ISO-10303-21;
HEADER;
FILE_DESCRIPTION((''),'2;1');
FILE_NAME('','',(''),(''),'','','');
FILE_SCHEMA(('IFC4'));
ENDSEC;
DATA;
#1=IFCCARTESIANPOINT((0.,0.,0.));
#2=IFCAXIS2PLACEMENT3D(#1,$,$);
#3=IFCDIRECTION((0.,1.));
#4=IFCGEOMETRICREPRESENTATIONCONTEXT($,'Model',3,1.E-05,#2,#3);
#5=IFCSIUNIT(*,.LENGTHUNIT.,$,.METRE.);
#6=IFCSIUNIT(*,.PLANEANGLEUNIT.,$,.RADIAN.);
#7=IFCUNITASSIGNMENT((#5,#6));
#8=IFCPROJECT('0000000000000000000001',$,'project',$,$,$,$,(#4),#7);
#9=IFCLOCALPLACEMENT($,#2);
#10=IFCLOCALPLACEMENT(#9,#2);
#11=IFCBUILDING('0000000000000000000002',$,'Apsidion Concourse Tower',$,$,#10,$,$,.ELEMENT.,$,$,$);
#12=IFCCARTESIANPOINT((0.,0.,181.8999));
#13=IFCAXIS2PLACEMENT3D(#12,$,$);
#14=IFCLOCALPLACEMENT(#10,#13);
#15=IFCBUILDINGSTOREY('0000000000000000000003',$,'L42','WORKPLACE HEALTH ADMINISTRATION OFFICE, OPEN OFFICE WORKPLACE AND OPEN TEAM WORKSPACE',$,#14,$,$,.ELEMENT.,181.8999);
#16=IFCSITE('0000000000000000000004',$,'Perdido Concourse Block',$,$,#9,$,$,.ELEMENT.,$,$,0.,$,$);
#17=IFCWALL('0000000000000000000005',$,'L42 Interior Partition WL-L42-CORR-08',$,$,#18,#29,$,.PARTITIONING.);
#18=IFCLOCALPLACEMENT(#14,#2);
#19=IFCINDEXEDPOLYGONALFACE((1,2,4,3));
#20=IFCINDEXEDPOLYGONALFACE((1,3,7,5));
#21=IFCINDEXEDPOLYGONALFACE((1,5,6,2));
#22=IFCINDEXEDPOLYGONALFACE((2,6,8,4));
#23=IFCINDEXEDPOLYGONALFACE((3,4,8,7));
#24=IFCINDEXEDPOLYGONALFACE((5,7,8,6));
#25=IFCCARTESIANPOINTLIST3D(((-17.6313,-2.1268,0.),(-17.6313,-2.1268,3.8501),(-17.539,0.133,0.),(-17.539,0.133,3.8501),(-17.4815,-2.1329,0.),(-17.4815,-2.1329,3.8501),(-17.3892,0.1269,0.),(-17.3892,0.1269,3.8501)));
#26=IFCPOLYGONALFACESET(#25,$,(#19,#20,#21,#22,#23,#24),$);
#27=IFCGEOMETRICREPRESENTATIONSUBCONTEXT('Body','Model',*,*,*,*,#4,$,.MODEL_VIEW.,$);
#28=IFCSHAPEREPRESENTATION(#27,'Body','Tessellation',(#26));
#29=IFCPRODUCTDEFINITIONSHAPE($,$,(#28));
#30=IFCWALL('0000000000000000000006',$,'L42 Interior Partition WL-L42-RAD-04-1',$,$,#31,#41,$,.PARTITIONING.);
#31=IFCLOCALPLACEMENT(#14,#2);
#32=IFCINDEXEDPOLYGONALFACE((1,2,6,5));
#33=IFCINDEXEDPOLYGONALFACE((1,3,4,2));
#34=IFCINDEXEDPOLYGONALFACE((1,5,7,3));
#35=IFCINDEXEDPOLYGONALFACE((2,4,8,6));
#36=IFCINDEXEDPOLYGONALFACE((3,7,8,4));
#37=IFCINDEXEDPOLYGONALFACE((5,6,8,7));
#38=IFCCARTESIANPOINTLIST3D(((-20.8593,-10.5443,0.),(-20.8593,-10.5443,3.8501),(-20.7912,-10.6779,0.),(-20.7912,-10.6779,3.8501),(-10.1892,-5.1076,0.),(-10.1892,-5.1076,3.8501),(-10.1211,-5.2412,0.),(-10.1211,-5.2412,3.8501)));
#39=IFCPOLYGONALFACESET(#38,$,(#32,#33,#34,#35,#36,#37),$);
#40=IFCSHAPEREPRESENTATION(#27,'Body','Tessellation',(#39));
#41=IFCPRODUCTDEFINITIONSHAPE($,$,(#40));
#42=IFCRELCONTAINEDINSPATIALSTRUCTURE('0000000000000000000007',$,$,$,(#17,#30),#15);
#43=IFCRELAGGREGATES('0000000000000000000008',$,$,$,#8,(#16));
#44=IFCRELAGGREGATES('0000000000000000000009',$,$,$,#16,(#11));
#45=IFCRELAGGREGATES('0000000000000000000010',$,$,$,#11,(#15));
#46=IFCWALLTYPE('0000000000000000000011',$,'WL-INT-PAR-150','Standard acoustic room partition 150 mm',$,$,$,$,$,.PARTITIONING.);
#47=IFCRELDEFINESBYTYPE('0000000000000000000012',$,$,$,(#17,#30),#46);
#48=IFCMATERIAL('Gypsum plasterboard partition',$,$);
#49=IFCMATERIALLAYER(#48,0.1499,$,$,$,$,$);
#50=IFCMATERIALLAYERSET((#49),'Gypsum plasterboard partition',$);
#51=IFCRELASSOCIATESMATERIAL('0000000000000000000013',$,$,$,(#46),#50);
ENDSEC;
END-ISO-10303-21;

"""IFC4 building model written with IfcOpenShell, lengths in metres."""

from ifc_helpers import new_model, si_unit, direction, frame, frame_2d, origin, place, context, subcontext, project, spatial, rectangle, extrude, material, layer, layer_set, type_object, element, save


model = new_model("IFC4")

# Units and contexts
model_context = context("Model", 3, precision=1e-05, world=origin(), true_north=direction((0.0, 1.0)))
body_context = subcontext(model_context, "Body", "Model", "MODEL_VIEW")
ifc_project = project(units=[si_unit("LENGTHUNIT", "METRE"), si_unit("PLANEANGLEUNIT", "RADIAN")], contexts=[model_context])

# Site, building, storey
site_placement = place(None, origin())
site = spatial("IfcSite", under=ifc_project, at=site_placement, Name="Perdido Concourse Block", CompositionType="ELEMENT", RefElevation=0.0)
building_placement = place(site_placement, origin())
building = spatial("IfcBuilding", under=site, at=building_placement, Name="Apsidion Concourse Tower", CompositionType="ELEMENT")
storey_placement = place(building_placement, frame((0.0, 0.0, 181.8999)))
storey = spatial("IfcBuildingStorey", under=building, at=storey_placement, Name="L42", Description="WORKPLACE HEALTH ADMINISTRATION OFFICE, OPEN OFFICE WORKPLACE AND OPEN TEAM WORKSPACE", CompositionType="ELEMENT", Elevation=181.8999)

# Walls
ifc_material_1 = material(Name="Gypsum plasterboard partition")
ifc_layer = layer(ifc_material_1, 0.1499)
ifc_layer_set = layer_set([ifc_layer], Name="Gypsum plasterboard partition")
wall_type = type_object("IfcWallType", Name="WL-INT-PAR-150", Description="Standard acoustic room partition 150 mm", PredefinedType="PARTITIONING", material=ifc_layer_set)
wall_1_placement = place(storey_placement, frame((-17.5564, -2.1299, 0.0), z_axis=(0.0, 0.0, 1.0), x_axis=(0.040804, 0.999167, 0.0)))
element("IfcWall", 1, at=wall_1_placement, inside=storey, type_object=wall_type, Name="L42 Interior Partition WL-L42-CORR-08", PredefinedType="PARTITIONING", context=body_context, shape_type="SweptSolid", body=[
    extrude(rectangle(XDim=2.2617, YDim=0.1499, at=frame_2d((1.1309, 0.0))), origin(), (0.0, 0.0, 1.0), 3.8501),
])
wall_2_placement = place(storey_placement, frame((-10.155, -5.1743, 0.0), z_axis=(0.0, 0.0, 1.0), x_axis=(-0.891005, -0.453994, 0.0)))
element("IfcWall", 2, at=wall_2_placement, inside=storey, type_object=wall_type, Name="L42 Interior Partition WL-L42-RAD-04-1", PredefinedType="PARTITIONING", context=body_context, shape_type="SweptSolid", body=[
    extrude(rectangle(XDim=11.9753, YDim=0.1499, at=frame_2d((5.9878, 0.0))), origin(), (0.0, 0.0, 1.0), 3.8501),
])

save(model, "model.ifc")
